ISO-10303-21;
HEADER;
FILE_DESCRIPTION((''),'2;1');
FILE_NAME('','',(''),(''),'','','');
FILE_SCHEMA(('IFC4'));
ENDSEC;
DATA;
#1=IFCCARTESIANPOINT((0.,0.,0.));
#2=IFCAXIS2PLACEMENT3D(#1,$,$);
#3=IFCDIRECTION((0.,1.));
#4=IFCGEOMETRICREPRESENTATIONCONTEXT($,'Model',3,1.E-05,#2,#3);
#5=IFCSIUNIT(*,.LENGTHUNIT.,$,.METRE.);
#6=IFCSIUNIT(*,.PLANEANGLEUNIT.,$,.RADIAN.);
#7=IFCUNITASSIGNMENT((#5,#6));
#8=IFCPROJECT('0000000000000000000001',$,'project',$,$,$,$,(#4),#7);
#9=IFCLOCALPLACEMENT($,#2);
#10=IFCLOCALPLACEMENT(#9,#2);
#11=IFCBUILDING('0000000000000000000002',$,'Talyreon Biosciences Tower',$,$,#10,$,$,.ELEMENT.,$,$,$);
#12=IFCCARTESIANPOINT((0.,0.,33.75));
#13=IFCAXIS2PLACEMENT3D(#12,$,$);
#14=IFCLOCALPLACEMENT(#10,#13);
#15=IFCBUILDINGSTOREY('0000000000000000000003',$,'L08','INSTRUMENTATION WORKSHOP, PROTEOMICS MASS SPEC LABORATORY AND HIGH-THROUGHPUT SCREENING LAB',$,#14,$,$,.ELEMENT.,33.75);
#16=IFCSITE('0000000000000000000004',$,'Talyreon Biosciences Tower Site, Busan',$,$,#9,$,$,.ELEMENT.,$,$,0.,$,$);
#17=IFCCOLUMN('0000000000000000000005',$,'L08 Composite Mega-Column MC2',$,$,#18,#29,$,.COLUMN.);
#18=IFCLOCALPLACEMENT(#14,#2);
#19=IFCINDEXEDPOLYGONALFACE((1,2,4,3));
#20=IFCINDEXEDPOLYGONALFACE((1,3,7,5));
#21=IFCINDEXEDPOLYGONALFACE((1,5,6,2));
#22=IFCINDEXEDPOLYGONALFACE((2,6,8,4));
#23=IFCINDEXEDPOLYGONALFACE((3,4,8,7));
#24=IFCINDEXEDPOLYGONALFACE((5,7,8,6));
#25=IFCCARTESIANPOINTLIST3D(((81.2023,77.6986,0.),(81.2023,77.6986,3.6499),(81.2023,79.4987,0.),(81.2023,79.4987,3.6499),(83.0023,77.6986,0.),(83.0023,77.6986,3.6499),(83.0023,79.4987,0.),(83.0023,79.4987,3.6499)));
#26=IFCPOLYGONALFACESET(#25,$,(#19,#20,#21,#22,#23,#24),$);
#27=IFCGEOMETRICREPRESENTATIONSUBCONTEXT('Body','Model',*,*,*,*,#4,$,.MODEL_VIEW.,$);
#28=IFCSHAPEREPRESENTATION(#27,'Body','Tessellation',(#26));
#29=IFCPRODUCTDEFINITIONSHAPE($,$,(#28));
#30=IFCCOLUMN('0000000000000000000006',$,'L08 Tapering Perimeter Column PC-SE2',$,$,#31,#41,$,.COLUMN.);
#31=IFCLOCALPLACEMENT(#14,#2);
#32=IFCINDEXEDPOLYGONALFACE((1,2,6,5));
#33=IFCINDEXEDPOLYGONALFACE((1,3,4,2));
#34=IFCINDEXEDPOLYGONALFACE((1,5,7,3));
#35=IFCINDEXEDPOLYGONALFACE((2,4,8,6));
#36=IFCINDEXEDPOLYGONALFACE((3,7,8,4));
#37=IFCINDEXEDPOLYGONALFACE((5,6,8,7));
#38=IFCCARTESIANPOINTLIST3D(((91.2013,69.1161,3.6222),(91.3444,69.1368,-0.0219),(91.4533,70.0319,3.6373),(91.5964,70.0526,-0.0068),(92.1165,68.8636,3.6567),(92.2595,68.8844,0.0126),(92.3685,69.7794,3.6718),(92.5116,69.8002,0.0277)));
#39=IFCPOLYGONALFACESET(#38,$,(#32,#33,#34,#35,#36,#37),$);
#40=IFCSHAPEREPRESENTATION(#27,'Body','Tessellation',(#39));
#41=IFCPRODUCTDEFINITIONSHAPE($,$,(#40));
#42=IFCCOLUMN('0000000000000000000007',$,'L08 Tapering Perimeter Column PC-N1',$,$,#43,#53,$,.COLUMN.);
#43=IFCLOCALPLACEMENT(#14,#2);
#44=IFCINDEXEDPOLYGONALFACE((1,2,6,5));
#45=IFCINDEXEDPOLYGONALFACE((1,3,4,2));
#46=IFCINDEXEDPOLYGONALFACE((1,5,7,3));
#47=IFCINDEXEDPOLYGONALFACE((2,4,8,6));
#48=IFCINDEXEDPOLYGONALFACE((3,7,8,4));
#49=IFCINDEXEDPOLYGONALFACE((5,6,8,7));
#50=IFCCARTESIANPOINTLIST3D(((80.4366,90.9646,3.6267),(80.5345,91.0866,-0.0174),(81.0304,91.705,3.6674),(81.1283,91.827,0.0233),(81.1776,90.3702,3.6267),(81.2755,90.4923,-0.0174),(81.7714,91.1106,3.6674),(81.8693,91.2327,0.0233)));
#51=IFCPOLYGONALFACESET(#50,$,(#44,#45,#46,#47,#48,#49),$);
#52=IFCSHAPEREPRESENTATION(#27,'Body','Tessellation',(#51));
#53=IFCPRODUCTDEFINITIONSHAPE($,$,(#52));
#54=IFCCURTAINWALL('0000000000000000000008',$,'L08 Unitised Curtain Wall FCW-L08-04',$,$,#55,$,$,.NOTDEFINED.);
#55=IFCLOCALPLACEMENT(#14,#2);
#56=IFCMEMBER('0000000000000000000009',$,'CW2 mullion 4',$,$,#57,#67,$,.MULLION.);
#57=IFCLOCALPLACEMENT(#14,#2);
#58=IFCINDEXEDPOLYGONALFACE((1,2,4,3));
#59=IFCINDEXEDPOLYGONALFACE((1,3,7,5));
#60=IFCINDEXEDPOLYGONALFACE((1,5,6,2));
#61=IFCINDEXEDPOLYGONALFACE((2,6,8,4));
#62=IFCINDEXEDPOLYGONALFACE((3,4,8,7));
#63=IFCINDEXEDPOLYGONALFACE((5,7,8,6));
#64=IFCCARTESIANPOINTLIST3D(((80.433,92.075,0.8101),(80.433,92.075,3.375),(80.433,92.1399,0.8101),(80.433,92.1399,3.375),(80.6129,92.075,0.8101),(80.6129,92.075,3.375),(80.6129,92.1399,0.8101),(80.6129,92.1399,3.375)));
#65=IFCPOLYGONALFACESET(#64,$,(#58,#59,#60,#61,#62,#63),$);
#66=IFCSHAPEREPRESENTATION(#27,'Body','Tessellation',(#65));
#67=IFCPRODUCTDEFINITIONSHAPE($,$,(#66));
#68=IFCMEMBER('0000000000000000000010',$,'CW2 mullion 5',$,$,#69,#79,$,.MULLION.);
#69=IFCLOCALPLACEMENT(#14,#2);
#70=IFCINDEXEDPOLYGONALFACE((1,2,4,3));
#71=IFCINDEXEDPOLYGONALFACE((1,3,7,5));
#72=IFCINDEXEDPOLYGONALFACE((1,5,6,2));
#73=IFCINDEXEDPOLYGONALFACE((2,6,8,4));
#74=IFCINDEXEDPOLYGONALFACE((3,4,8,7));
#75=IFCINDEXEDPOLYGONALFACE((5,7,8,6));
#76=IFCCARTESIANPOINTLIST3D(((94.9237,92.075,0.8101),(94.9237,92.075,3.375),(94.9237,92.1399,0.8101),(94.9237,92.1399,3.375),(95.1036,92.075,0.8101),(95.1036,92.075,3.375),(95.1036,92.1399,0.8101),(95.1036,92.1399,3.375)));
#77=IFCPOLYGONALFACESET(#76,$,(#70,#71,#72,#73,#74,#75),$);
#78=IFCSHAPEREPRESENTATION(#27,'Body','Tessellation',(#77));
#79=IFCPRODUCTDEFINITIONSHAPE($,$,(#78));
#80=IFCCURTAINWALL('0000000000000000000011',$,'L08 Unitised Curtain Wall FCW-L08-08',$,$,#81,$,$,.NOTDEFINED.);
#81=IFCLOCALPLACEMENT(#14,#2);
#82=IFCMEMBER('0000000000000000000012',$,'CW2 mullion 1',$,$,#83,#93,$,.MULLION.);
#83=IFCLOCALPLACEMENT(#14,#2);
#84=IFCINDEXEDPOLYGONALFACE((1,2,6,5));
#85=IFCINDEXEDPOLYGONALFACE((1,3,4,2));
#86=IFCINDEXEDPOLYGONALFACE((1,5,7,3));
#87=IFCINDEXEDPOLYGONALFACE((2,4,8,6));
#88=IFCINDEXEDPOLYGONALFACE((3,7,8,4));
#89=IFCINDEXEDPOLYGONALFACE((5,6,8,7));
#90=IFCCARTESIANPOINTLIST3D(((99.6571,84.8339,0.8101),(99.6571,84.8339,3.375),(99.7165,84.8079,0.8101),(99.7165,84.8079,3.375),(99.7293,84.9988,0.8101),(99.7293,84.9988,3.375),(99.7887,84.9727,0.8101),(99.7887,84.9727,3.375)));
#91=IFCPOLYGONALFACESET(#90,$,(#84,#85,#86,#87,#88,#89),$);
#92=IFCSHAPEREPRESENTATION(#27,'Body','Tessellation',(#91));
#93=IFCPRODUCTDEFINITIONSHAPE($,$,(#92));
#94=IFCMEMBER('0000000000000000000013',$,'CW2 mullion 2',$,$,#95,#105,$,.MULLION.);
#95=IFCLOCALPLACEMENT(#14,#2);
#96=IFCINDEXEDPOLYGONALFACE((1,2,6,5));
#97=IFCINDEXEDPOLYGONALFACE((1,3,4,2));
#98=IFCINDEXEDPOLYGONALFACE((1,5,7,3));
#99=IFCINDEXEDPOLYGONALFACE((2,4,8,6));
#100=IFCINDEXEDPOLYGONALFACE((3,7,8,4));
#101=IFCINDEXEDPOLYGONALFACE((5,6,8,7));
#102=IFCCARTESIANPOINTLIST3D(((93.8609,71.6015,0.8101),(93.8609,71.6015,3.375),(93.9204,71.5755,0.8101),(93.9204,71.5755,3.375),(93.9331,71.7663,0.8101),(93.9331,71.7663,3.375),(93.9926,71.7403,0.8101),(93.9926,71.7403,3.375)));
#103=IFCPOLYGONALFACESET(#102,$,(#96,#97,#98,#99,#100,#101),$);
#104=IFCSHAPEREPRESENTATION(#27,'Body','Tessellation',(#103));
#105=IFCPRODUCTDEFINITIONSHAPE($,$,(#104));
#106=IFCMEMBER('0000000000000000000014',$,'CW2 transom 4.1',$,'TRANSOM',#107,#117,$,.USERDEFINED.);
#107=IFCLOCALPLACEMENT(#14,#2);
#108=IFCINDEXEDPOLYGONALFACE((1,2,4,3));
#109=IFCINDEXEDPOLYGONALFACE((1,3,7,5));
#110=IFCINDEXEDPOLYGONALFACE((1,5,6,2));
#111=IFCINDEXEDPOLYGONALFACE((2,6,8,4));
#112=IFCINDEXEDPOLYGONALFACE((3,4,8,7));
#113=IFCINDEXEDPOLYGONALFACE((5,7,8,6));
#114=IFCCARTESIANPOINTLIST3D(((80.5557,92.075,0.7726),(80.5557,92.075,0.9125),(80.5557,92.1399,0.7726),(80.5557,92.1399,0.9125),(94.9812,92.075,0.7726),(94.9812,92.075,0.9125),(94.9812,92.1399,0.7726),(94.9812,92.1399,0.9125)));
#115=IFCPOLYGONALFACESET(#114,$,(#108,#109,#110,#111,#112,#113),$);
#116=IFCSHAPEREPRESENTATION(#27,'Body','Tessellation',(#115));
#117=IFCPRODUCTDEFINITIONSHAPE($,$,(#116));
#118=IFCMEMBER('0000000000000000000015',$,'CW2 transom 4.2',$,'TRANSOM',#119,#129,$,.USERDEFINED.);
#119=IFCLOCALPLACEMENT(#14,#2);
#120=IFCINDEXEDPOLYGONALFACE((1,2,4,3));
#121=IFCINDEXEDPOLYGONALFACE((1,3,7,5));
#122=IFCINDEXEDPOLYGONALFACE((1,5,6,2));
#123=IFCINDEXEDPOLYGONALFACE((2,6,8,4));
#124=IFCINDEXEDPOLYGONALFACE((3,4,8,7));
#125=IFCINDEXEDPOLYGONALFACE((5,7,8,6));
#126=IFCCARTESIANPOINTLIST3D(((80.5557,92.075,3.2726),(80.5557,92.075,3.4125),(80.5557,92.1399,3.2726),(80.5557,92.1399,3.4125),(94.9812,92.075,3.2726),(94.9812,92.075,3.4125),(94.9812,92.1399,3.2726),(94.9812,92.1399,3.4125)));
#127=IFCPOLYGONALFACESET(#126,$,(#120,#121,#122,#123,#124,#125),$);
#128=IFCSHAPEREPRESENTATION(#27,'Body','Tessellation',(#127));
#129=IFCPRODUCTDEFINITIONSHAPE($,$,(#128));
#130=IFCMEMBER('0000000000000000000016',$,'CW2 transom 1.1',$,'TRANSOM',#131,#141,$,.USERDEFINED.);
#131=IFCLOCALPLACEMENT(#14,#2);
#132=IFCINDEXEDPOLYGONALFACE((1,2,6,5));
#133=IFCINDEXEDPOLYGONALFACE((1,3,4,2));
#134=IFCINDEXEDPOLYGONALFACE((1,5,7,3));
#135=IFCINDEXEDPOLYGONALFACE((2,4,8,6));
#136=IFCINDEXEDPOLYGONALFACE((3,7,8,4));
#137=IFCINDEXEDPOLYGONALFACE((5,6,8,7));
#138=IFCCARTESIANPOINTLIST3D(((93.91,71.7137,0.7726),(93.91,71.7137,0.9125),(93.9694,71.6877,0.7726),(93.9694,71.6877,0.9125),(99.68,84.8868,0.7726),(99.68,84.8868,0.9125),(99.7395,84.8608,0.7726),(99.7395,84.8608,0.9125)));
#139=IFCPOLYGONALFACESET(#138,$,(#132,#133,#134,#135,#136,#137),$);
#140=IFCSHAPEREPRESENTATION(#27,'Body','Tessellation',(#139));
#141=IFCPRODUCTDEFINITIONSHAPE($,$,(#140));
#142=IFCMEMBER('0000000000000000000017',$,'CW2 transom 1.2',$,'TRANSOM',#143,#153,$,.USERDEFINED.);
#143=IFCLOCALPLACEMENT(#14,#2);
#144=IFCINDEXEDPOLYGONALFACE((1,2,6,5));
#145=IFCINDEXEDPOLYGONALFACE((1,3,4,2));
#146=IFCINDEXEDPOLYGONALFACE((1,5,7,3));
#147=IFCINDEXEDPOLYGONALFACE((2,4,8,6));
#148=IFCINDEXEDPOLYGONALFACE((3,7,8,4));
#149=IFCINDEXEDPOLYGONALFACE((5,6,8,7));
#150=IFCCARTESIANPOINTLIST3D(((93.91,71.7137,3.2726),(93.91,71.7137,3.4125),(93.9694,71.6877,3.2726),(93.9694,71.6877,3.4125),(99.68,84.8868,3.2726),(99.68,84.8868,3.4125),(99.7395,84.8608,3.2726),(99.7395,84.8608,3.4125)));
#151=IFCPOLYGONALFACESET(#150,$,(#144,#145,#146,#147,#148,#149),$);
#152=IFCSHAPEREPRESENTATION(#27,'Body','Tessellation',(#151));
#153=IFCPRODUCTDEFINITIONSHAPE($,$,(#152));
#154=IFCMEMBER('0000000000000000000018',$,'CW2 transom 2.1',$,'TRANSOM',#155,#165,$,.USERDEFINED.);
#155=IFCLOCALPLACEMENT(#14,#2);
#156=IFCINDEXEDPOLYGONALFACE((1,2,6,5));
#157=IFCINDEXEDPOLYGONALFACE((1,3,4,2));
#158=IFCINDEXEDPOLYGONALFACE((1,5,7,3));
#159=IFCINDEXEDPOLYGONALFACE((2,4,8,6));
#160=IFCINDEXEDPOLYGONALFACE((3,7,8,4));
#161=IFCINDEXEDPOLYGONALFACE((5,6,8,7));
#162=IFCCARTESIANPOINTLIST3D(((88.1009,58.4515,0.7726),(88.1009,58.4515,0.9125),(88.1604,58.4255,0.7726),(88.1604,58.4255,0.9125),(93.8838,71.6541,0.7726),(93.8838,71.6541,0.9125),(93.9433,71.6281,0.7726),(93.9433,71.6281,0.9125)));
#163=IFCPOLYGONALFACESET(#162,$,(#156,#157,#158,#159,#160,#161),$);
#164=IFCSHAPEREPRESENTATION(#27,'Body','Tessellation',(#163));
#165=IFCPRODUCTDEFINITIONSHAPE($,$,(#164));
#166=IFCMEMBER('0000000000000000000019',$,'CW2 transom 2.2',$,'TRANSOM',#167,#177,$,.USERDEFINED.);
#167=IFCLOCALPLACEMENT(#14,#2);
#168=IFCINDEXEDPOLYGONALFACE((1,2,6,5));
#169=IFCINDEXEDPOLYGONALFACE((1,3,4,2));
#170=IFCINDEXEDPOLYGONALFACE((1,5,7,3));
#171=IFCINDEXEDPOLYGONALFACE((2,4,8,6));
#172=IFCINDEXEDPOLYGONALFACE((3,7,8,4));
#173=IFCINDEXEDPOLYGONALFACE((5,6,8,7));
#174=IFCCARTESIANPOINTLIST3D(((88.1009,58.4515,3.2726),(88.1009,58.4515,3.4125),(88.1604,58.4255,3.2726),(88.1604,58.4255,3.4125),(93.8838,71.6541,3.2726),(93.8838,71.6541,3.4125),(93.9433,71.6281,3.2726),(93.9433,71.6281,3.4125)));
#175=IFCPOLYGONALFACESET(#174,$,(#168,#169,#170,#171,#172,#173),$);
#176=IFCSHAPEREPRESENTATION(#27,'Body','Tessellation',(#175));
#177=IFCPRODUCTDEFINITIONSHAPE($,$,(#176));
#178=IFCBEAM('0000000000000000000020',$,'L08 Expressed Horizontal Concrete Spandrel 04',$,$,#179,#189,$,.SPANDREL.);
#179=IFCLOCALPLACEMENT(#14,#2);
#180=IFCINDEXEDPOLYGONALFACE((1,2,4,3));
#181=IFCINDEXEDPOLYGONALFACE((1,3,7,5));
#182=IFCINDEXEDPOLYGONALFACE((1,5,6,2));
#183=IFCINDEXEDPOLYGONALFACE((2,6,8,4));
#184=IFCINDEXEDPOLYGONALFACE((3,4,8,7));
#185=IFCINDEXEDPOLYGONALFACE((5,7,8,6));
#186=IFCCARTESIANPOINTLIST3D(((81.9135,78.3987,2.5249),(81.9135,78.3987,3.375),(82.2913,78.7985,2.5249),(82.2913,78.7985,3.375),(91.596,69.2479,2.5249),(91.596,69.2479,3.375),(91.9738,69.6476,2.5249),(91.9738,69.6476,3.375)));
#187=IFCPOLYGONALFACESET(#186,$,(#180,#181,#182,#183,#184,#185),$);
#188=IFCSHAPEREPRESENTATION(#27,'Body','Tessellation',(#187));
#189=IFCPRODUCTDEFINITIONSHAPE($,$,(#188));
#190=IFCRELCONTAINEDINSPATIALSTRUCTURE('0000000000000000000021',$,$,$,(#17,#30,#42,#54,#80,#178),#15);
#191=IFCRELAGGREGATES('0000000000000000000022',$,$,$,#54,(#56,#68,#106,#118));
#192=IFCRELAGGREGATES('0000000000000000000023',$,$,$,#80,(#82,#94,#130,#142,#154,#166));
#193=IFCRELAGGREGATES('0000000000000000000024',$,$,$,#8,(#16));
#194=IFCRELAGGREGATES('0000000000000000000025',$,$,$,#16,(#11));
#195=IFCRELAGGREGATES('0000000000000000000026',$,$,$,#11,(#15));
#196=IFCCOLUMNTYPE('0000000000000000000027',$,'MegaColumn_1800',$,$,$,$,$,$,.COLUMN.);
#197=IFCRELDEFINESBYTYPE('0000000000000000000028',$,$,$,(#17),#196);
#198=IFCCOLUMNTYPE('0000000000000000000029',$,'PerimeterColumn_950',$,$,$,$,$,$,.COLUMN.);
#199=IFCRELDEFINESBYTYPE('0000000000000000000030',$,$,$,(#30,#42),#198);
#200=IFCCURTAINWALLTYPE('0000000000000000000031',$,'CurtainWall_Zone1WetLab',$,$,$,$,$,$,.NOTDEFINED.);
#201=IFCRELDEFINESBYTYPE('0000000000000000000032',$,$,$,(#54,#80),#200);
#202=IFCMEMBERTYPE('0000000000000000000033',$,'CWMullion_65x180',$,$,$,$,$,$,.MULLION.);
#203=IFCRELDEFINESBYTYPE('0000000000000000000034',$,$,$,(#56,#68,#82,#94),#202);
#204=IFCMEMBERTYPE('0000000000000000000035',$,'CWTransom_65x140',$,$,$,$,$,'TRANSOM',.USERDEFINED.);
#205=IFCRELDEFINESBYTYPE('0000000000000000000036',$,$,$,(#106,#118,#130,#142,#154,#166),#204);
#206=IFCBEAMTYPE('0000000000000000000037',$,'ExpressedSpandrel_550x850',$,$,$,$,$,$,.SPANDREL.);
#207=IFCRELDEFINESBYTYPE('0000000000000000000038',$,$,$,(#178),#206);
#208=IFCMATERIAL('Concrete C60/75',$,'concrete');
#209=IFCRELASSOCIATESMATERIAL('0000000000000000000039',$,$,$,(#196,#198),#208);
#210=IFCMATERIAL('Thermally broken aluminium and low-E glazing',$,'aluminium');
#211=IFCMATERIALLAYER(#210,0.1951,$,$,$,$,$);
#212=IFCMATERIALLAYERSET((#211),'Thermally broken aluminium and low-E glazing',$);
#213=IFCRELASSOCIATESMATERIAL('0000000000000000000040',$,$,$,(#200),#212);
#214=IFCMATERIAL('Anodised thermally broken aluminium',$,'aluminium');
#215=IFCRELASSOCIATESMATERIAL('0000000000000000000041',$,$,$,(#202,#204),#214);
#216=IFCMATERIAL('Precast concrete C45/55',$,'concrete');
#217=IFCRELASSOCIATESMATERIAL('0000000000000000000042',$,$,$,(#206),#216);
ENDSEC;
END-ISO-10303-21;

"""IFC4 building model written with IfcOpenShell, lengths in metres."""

from ifc_helpers import new_model, si_unit, direction, frame, origin, origin_2d, place, context, subcontext, project, spatial, rectangle, extrude, material, layer, layer_set, material_profile, profile_set, type_object, element, aggregate, save


model = new_model("IFC4")

# Units and contexts
model_context = context("Model", 3, precision=1e-05, world=origin(), true_north=direction((0.0, 1.0)))
body_context = subcontext(model_context, "Body", "Model", "MODEL_VIEW")
ifc_project = project(units=[si_unit("LENGTHUNIT", "METRE"), si_unit("PLANEANGLEUNIT", "RADIAN")], contexts=[model_context])

# Site, building, storey
site_placement = place(None, origin())
site = spatial("IfcSite", under=ifc_project, at=site_placement, Name="Talyreon Biosciences Tower Site, Busan", CompositionType="ELEMENT", RefElevation=0.0)
building_placement = place(site_placement, origin())
building = spatial("IfcBuilding", under=site, at=building_placement, Name="Talyreon Biosciences Tower", CompositionType="ELEMENT")
storey_placement = place(building_placement, frame((0.0, 0.0, 33.75)))
storey = spatial("IfcBuildingStorey", under=building, at=storey_placement, Name="L08", Description="INSTRUMENTATION WORKSHOP, PROTEOMICS MASS SPEC LABORATORY AND HIGH-THROUGHPUT SCREENING LAB", CompositionType="ELEMENT", Elevation=33.75)

# Columns
ifc_material_1 = material(Name="Concrete C60/75", Category="concrete")
ifc_material_profile_1 = material_profile(ifc_material_1, rectangle(XDim=1.8, YDim=1.8, at=origin_2d()), Name="RC 1800x1800")
ifc_profile_set_1 = profile_set([ifc_material_profile_1], Name="Concrete C60/75")
column_type_1 = type_object("IfcColumnType", Name="MegaColumn_1800", PredefinedType="COLUMN", material=ifc_profile_set_1)
column_1_placement = place(storey_placement, frame((82.1023, 78.5986, 0.0), z_axis=(0.0, 0.0, 1.0), x_axis=(1.0, 0.0, 0.0)))
element("IfcColumn", 1, at=column_1_placement, inside=storey, type_object=column_type_1, Name="L08 Composite Mega-Column MC2", PredefinedType="COLUMN", context=body_context, shape_type="SweptSolid", body=[
    extrude(rectangle(XDim=1.8, YDim=1.8, at=origin_2d()), origin(), (0.0, 0.0, 1.0), 3.6499),
])
ifc_material_profile_2 = material_profile(ifc_material_1, rectangle(XDim=0.95, YDim=0.95, at=origin_2d()), Name="RC 950x950")
ifc_profile_set_2 = profile_set([ifc_material_profile_2], Name="Concrete C60/75")
column_type_2 = type_object("IfcColumnType", Name="PerimeterColumn_950", PredefinedType="COLUMN", material=ifc_profile_set_2)
column_2_placement = place(storey_placement, frame((91.928, 69.4685, 0.0029), z_axis=(-0.039229, -0.00569, 0.999214), x_axis=(0.963366, -0.265722, 0.036309)))
element("IfcColumn", 2, at=column_2_placement, inside=storey, type_object=column_type_2, Name="L08 Tapering Perimeter Column PC-SE2", PredefinedType="COLUMN", context=body_context, shape_type="SweptSolid", body=[
    extrude(rectangle(XDim=0.95, YDim=0.95, at=origin_2d()), origin(), (0.0, 0.0, 1.0), 3.647),
])
column_3_placement = place(storey_placement, frame((81.2019, 91.1597, 0.0029), z_axis=(-0.026841, -0.033468, 0.999079), x_axis=(-0.780107, 0.625646, 0.0)))
element("IfcColumn", 3, at=column_3_placement, inside=storey, type_object=column_type_2, Name="L08 Tapering Perimeter Column PC-N1", PredefinedType="COLUMN", context=body_context, shape_type="SweptSolid", body=[
    extrude(rectangle(XDim=0.95, YDim=0.95, at=origin_2d()), origin(), (0.0, 0.0, 1.0), 3.6475),
])

# Curtain walls, members
ifc_material_2 = material(Name="Thermally broken aluminium and low-E glazing", Category="aluminium")
ifc_layer_1 = layer(ifc_material_2, 0.1951)
ifc_layer_set_1 = layer_set([ifc_layer_1], Name="Thermally broken aluminium and low-E glazing")
curtain_wall_type = type_object("IfcCurtainWallType", Name="CurtainWall_Zone1WetLab", PredefinedType="NOTDEFINED", material=ifc_layer_set_1)
curtain_wall_1_placement = place(storey_placement, origin())
curtain_wall_1 = element("IfcCurtainWall", 4, at=curtain_wall_1_placement, inside=storey, type_object=curtain_wall_type, Name="L08 Unitised Curtain Wall FCW-L08-04", PredefinedType="NOTDEFINED")
ifc_material_3 = material(Name="Anodised thermally broken aluminium", Category="aluminium")
ifc_material_profile_3 = material_profile(ifc_material_3, rectangle(XDim=0.0649, YDim=0.1799, at=origin_2d()), Name="ALUM MULLION 65x180")
ifc_profile_set_3 = profile_set([ifc_material_profile_3], Name="Anodised thermally broken aluminium")
member_type_1 = type_object("IfcMemberType", Name="CWMullion_65x180", PredefinedType="MULLION", material=ifc_profile_set_3)
member_1_placement = place(storey_placement, frame((80.5229, 92.1074, 0.8101), z_axis=(0.0, 0.0, 1.0), x_axis=(0.0, 1.0, 0.0)))
member_1 = element("IfcMember", 5, at=member_1_placement, type_object=member_type_1, Name="CW2 mullion 4", PredefinedType="MULLION", context=body_context, shape_type="SweptSolid", body=[
    extrude(rectangle(XDim=0.0649, YDim=0.1799, at=origin_2d()), origin(), (0.0, 0.0, 1.0), 2.5649),
])
member_2_placement = place(storey_placement, frame((95.0137, 92.1074, 0.8101), z_axis=(0.0, 0.0, 1.0), x_axis=(0.0, 1.0, 0.0)))
member_2 = element("IfcMember", 6, at=member_2_placement, type_object=member_type_1, Name="CW2 mullion 5", PredefinedType="MULLION", context=body_context, shape_type="SweptSolid", body=[
    extrude(rectangle(XDim=0.0649, YDim=0.1799, at=origin_2d()), origin(), (0.0, 0.0, 1.0), 2.5649),
])
curtain_wall_2_placement = place(storey_placement, origin())
curtain_wall_2 = element("IfcCurtainWall", 7, at=curtain_wall_2_placement, inside=storey, type_object=curtain_wall_type, Name="L08 Unitised Curtain Wall FCW-L08-08", PredefinedType="NOTDEFINED")
member_3_placement = place(storey_placement, frame((99.7229, 84.9033, 0.8101), z_axis=(0.0, 0.0, 1.0), x_axis=(0.91598, -0.401223, 0.0)))
member_3 = element("IfcMember", 8, at=member_3_placement, type_object=member_type_1, Name="CW2 mullion 1", PredefinedType="MULLION", context=body_context, shape_type="SweptSolid", body=[
    extrude(rectangle(XDim=0.0649, YDim=0.1799, at=origin_2d()), origin(), (0.0, 0.0, 1.0), 2.5649),
])
member_4_placement = place(storey_placement, frame((93.9268, 71.6709, 0.8101), z_axis=(0.0, 0.0, 1.0), x_axis=(0.91598, -0.401223, 0.0)))
member_4 = element("IfcMember", 9, at=member_4_placement, type_object=member_type_1, Name="CW2 mullion 2", PredefinedType="MULLION", context=body_context, shape_type="SweptSolid", body=[
    extrude(rectangle(XDim=0.0649, YDim=0.1799, at=origin_2d()), origin(), (0.0, 0.0, 1.0), 2.5649),
])

# Members
ifc_material_profile_4 = material_profile(ifc_material_3, rectangle(XDim=0.0649, YDim=0.1399, at=origin_2d()), Name="ALUM TRANSOM 65x140")
ifc_profile_set_4 = profile_set([ifc_material_profile_4], Name="Anodised thermally broken aluminium")
member_type_2 = type_object("IfcMemberType", Name="CWTransom_65x140", ElementType="TRANSOM", PredefinedType="USERDEFINED", material=ifc_profile_set_4)
member_5_placement = place(storey_placement, frame((80.5557, 92.1074, 0.8425), z_axis=(1.0, 0.0, 0.0), x_axis=(0.0, 1.0, 0.0)))
member_5 = element("IfcMember", 10, at=member_5_placement, type_object=member_type_2, Name="CW2 transom 4.1", ObjectType="TRANSOM", PredefinedType="USERDEFINED", context=body_context, shape_type="SweptSolid", body=[
    extrude(rectangle(XDim=0.0649, YDim=0.1399, at=origin_2d()), origin(), (0.0, 0.0, 1.0), 14.4255),
])
member_6_placement = place(storey_placement, frame((80.5557, 92.1074, 3.3425), z_axis=(1.0, 0.0, 0.0), x_axis=(0.0, 1.0, 0.0)))
member_6 = element("IfcMember", 11, at=member_6_placement, type_object=member_type_2, Name="CW2 transom 4.2", ObjectType="TRANSOM", PredefinedType="USERDEFINED", context=body_context, shape_type="SweptSolid", body=[
    extrude(rectangle(XDim=0.0649, YDim=0.1399, at=origin_2d()), origin(), (0.0, 0.0, 1.0), 14.4255),
])
member_7_placement = place(storey_placement, frame((99.7097, 84.8738, 0.8425), z_axis=(-0.401215, -0.915984, 0.0), x_axis=(0.915984, -0.401215, 0.0)))
member_7 = element("IfcMember", 12, at=member_7_placement, type_object=member_type_2, Name="CW2 transom 1.1", ObjectType="TRANSOM", PredefinedType="USERDEFINED", context=body_context, shape_type="SweptSolid", body=[
    extrude(rectangle(XDim=0.0649, YDim=0.1399, at=origin_2d()), origin(), (0.0, 0.0, 1.0), 14.3813),
])
member_8_placement = place(storey_placement, frame((99.7097, 84.8738, 3.3425), z_axis=(-0.401215, -0.915984, 0.0), x_axis=(0.915984, -0.401215, 0.0)))
member_8 = element("IfcMember", 13, at=member_8_placement, type_object=member_type_2, Name="CW2 transom 1.2", ObjectType="TRANSOM", PredefinedType="USERDEFINED", context=body_context, shape_type="SweptSolid", body=[
    extrude(rectangle(XDim=0.0649, YDim=0.1399, at=origin_2d()), origin(), (0.0, 0.0, 1.0), 14.3813),
])
member_9_placement = place(storey_placement, frame((93.9136, 71.6411, 0.8425), z_axis=(-0.401215, -0.915984, 0.0), x_axis=(0.915984, -0.401215, 0.0)))
member_9 = element("IfcMember", 14, at=member_9_placement, type_object=member_type_2, Name="CW2 transom 2.1", ObjectType="TRANSOM", PredefinedType="USERDEFINED", context=body_context, shape_type="SweptSolid", body=[
    extrude(rectangle(XDim=0.0649, YDim=0.1399, at=origin_2d()), origin(), (0.0, 0.0, 1.0), 14.4136),
])
member_10_placement = place(storey_placement, frame((93.9136, 71.6411, 3.3425), z_axis=(-0.401215, -0.915984, 0.0), x_axis=(0.915984, -0.401215, 0.0)))
member_10 = element("IfcMember", 15, at=member_10_placement, type_object=member_type_2, Name="CW2 transom 2.2", ObjectType="TRANSOM", PredefinedType="USERDEFINED", context=body_context, shape_type="SweptSolid", body=[
    extrude(rectangle(XDim=0.0649, YDim=0.1399, at=origin_2d()), origin(), (0.0, 0.0, 1.0), 14.4136),
])

# Beam
ifc_material_4 = material(Name="Precast concrete C45/55", Category="concrete")
ifc_material_profile_5 = material_profile(ifc_material_4, rectangle(XDim=0.55, YDim=0.8501, at=origin_2d()), Name="RCB 550x850")
ifc_profile_set_5 = profile_set([ifc_material_profile_5], Name="Precast concrete C45/55")
beam_type_1 = type_object("IfcBeamType", Name="ExpressedSpandrel_550x850", PredefinedType="SPANDREL", material=ifc_profile_set_5)
beam_1_placement = place(storey_placement, frame((91.7849, 69.4478, 2.95), z_axis=(-0.726781, 0.686869, 0.0), x_axis=(-0.686869, -0.726781, 0.0)))
element("IfcBeam", 16, at=beam_1_placement, inside=storey, type_object=beam_type_1, Name="L08 Expressed Horizontal Concrete Spandrel 04", PredefinedType="SPANDREL", context=body_context, shape_type="SweptSolid", body=[
    extrude(rectangle(XDim=0.55, YDim=0.8501, at=origin_2d()), origin(), (0.0, 0.0, 1.0), 13.3225),
])

aggregate(curtain_wall_1, [member_1, member_2, member_5, member_6])
aggregate(curtain_wall_2, [member_3, member_4, member_7, member_8, member_9, member_10])

save(model, "model.ifc")
